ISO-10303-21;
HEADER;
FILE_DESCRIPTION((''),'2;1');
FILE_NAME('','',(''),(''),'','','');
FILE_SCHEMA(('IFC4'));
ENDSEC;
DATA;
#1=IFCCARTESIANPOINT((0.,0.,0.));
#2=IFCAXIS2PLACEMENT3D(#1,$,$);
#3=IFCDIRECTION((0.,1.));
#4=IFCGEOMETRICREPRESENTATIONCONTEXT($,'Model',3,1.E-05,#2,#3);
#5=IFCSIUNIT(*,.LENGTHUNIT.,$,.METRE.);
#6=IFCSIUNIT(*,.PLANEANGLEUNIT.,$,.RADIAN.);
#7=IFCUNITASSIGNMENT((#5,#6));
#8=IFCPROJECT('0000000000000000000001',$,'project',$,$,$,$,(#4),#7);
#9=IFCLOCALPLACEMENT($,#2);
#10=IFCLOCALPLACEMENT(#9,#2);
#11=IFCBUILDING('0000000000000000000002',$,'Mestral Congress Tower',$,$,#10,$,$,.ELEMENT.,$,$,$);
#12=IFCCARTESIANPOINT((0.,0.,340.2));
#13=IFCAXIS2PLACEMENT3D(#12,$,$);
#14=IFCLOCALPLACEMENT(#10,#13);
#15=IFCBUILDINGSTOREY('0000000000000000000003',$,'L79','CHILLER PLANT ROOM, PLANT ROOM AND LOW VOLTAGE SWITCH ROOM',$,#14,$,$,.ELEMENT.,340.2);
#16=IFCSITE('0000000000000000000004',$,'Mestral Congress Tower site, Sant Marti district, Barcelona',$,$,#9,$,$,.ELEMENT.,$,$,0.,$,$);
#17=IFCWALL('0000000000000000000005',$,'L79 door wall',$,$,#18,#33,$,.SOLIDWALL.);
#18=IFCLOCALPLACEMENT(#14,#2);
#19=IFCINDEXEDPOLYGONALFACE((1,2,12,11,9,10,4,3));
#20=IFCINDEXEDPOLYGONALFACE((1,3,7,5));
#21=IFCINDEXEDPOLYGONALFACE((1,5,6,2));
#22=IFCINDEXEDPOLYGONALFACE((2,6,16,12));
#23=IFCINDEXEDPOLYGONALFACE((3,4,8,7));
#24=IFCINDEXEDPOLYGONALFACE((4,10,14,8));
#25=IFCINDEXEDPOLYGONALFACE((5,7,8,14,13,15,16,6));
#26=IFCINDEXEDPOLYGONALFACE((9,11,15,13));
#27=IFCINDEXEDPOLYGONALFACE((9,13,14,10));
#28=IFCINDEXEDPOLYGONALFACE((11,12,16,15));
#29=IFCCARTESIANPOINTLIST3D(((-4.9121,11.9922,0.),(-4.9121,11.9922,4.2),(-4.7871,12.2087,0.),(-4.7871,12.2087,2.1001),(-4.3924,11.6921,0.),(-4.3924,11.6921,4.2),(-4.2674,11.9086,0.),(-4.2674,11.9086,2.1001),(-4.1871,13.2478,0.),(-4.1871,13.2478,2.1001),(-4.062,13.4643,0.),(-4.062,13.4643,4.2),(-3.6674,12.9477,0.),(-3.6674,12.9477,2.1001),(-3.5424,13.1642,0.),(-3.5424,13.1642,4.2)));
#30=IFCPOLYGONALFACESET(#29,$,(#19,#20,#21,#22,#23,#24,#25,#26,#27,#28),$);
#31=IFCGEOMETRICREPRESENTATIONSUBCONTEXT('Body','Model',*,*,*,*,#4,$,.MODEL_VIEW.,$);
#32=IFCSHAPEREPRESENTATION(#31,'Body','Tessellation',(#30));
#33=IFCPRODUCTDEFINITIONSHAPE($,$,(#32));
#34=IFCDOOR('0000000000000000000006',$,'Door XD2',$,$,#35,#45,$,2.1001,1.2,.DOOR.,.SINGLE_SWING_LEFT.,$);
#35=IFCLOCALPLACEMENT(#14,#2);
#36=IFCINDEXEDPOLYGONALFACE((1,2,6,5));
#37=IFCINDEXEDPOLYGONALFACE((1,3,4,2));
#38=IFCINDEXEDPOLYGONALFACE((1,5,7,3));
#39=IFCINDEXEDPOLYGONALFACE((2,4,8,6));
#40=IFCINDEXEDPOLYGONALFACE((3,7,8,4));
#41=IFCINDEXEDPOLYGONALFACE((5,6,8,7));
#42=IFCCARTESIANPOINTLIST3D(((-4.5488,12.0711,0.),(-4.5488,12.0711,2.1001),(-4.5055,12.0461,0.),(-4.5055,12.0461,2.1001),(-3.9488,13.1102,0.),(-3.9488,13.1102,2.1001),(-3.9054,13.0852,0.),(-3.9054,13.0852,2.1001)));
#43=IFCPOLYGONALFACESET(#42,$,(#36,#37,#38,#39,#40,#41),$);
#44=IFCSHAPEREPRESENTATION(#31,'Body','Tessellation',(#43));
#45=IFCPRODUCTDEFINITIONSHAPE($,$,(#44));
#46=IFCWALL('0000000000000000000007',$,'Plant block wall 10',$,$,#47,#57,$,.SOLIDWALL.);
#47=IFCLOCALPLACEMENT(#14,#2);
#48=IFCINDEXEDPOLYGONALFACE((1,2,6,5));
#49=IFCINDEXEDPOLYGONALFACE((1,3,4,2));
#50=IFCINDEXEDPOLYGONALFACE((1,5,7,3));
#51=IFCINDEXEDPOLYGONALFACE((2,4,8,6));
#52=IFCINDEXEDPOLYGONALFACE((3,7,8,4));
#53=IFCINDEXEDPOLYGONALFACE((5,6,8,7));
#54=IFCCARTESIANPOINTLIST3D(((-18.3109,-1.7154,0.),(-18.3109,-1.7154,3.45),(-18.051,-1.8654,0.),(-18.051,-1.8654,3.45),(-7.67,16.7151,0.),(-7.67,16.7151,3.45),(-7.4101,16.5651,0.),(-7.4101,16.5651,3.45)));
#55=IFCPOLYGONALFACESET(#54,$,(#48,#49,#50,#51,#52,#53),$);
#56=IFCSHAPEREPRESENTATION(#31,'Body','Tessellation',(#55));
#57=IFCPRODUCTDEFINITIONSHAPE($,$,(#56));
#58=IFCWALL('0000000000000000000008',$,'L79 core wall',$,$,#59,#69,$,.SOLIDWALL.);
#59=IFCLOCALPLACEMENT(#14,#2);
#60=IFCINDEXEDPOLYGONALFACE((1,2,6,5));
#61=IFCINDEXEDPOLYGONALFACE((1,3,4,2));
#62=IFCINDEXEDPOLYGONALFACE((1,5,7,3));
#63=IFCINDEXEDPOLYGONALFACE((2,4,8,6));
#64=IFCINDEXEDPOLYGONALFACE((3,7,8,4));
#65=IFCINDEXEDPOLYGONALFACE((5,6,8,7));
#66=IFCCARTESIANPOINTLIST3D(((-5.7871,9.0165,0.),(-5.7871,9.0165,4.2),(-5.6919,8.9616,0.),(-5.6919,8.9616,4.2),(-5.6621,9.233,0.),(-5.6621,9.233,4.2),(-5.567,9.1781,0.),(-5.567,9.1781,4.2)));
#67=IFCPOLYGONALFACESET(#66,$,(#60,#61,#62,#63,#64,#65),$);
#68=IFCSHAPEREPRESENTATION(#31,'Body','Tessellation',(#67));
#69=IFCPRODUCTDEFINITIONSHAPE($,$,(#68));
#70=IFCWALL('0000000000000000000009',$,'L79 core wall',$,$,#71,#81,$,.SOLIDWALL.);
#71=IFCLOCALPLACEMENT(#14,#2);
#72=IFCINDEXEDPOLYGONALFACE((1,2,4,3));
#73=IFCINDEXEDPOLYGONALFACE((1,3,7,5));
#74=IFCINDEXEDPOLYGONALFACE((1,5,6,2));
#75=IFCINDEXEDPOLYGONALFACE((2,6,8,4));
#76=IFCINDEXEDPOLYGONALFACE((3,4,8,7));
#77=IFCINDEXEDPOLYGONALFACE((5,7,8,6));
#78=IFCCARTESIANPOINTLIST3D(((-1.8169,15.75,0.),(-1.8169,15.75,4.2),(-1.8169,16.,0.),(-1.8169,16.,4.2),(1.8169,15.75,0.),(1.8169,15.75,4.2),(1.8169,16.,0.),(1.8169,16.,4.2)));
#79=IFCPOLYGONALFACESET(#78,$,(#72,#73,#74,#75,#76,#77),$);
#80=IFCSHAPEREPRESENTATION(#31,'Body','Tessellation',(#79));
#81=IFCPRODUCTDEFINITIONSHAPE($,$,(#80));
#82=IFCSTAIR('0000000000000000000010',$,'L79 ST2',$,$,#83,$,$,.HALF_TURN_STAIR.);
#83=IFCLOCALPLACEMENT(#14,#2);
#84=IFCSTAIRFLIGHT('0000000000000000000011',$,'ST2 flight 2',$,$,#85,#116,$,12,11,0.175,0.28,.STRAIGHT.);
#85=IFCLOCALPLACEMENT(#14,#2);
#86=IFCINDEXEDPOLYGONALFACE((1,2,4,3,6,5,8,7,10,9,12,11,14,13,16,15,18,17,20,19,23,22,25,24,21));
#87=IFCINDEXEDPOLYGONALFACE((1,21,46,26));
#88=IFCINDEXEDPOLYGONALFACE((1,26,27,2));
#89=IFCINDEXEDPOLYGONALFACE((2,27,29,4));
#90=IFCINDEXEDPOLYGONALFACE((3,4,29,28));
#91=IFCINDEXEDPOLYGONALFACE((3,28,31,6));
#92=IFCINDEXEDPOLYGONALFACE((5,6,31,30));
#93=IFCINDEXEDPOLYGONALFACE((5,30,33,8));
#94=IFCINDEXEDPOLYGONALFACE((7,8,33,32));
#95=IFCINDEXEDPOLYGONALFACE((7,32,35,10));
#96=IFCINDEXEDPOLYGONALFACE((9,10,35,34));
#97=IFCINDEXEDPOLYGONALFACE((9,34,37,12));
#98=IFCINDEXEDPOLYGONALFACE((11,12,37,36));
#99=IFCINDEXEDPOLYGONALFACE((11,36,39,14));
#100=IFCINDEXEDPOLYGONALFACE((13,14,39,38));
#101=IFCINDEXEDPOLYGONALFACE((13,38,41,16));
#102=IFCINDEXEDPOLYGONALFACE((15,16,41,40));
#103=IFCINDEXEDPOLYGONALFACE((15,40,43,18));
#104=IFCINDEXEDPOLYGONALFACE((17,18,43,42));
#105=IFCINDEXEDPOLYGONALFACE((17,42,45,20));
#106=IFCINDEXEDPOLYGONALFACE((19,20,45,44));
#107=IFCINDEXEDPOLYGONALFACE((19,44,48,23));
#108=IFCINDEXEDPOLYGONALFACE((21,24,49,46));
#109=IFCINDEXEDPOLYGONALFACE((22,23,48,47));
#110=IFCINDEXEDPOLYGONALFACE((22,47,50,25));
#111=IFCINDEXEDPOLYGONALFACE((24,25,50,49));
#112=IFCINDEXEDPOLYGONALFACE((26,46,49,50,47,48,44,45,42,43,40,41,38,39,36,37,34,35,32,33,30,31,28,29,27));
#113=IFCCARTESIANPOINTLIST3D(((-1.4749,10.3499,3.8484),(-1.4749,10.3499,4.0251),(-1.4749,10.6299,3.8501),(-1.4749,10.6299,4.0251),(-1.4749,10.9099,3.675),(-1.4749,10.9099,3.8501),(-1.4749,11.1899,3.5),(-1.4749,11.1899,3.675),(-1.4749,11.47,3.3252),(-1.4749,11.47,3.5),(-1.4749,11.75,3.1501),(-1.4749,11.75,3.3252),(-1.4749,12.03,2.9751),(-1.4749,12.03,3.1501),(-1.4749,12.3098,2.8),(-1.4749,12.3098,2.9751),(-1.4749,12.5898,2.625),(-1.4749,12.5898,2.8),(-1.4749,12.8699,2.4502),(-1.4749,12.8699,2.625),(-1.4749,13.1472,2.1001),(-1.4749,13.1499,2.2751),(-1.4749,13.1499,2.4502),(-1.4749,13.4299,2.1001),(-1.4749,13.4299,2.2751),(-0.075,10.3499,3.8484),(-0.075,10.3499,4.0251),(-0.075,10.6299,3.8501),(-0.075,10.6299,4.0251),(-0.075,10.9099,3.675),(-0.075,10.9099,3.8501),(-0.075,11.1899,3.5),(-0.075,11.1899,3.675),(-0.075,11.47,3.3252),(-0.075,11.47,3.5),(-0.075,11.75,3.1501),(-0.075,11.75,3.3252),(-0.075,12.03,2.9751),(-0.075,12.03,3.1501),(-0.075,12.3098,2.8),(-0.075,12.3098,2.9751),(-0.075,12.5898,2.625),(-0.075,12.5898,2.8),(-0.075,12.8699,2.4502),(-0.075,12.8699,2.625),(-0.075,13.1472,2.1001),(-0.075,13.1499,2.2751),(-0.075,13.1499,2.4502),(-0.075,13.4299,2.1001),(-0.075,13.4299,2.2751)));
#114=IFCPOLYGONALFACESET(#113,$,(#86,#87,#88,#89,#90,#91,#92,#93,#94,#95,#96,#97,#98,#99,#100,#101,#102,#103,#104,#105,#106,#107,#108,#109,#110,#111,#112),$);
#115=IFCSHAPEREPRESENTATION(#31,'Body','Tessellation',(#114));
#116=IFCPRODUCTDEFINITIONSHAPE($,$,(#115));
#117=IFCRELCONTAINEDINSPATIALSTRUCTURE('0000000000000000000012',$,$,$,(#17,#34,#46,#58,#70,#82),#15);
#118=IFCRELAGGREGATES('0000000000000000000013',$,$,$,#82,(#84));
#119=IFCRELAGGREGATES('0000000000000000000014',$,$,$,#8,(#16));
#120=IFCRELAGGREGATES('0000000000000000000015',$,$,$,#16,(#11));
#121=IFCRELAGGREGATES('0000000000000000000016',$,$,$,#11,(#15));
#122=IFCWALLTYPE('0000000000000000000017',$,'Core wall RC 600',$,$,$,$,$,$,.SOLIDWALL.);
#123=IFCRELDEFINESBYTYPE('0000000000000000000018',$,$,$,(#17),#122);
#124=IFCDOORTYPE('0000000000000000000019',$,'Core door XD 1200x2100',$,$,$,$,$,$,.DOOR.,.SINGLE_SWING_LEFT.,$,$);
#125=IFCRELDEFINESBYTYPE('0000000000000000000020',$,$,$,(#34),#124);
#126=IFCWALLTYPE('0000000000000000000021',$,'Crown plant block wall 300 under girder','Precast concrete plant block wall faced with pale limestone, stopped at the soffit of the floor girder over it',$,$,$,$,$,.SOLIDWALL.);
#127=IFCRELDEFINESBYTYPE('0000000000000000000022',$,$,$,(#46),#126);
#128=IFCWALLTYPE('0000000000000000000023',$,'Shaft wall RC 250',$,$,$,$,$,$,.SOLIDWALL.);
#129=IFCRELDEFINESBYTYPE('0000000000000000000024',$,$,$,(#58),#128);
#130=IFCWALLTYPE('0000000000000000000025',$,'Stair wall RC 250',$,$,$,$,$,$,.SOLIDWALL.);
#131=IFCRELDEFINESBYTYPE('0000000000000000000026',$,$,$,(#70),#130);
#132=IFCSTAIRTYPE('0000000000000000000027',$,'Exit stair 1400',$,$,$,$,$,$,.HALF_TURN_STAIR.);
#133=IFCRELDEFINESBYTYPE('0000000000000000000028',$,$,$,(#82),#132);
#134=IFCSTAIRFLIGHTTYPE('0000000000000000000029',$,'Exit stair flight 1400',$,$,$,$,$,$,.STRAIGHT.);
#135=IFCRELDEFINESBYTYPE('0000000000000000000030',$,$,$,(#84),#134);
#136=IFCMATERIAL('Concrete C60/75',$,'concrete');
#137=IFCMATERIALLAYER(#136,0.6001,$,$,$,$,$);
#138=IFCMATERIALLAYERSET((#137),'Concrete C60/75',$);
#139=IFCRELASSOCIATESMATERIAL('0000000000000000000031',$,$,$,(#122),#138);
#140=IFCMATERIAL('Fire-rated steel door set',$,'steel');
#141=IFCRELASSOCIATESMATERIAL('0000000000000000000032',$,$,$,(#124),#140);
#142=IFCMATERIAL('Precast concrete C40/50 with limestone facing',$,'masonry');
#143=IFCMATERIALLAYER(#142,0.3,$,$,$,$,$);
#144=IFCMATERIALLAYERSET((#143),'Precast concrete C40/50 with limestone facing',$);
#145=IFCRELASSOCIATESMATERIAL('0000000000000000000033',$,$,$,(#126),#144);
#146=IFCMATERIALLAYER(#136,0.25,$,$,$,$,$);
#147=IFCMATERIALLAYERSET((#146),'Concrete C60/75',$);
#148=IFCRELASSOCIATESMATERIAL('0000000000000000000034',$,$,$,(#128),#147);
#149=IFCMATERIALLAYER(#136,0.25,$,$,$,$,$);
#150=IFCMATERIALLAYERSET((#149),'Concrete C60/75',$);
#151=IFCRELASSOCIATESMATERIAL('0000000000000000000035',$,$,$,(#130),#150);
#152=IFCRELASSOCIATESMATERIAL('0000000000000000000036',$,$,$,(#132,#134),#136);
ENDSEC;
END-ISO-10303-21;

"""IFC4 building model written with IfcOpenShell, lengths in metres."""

from ifc_helpers import new_model, si_unit, direction, frame, frame_2d, origin, place, context, subcontext, project, spatial, polyline, rectangle, outline, extrude, material, layer, layer_set, type_object, element, fill, aggregate, save


model = new_model("IFC4")

# Units and contexts
model_context = context("Model", 3, precision=1e-05, world=origin(), true_north=direction((0.0, 1.0)))
body_context = subcontext(model_context, "Body", "Model", "MODEL_VIEW")
ifc_project = project(units=[si_unit("LENGTHUNIT", "METRE"), si_unit("PLANEANGLEUNIT", "RADIAN")], contexts=[model_context])

# Site, building, storey
site_placement = place(None, origin())
site = spatial("IfcSite", under=ifc_project, at=site_placement, Name="Mestral Congress Tower site, Sant Marti district, Barcelona", CompositionType="ELEMENT", RefElevation=0.0)
building_placement = place(site_placement, origin())
building = spatial("IfcBuilding", under=site, at=building_placement, Name="Mestral Congress Tower", CompositionType="ELEMENT")
storey_placement = place(building_placement, frame((0.0, 0.0, 340.2)))
storey = spatial("IfcBuildingStorey", under=building, at=storey_placement, Name="L79", Description="CHILLER PLANT ROOM, PLANT ROOM AND LOW VOLTAGE SWITCH ROOM", CompositionType="ELEMENT", Elevation=340.2)

# Shared definitions
placement = place(storey_placement, origin())

# Shared definitions
ifc_material_1 = material(Name="Concrete C60/75", Category="concrete")
ifc_layer_1 = layer(ifc_material_1, 0.6001)
ifc_layer_set_1 = layer_set([ifc_layer_1], Name="Concrete C60/75")
wall_type_1 = type_object("IfcWallType", Name="Core wall RC 600", PredefinedType="SOLIDWALL", material=ifc_layer_set_1)

# Wall, opening, door
wall_1_placement = place(storey_placement, frame((-4.6523, 11.842, 0.0), z_axis=(0.0, 0.0, 1.0), x_axis=(0.500062, 0.865989, 0.0)))
wall_1 = element("IfcWall", 1, at=wall_1_placement, inside=storey, type_object=wall_type_1, Name="L79 door wall", PredefinedType="SOLIDWALL", context=body_context, shape_type="SweptSolid", body=[
    extrude(rectangle(XDim=1.7, YDim=0.6001, at=frame_2d((0.8501, 0.0))), origin(), (0.0, 0.0, 1.0), 4.2),
])
opening_placement = place(wall_1_placement, frame((0.25, 0.0, 0.0)))
opening = element("IfcOpeningElement", 2, at=opening_placement, cuts=wall_1, PredefinedType="OPENING", context=body_context, shape_type="SweptSolid", body=[
    extrude(rectangle(XDim=1.2, YDim=2.1001, at=frame_2d((0.6001, 1.05))), frame((0.0, 0.3101, 0.0), z_axis=(0.0, -1.0, 0.0), x_axis=(1.0, 0.0, 0.0)), (0.0, 0.0, 1.0), 0.6201),
])
ifc_material_2 = material(Name="Fire-rated steel door set", Category="steel")
door_type = type_object("IfcDoorType", Name="Core door XD 1200x2100", OperationType="SINGLE_SWING_LEFT", PredefinedType="DOOR", material=ifc_material_2)
door_placement = place(opening_placement, origin())
door = element("IfcDoor", 3, at=door_placement, inside=storey, type_object=door_type, Name="Door XD2", OperationType="SINGLE_SWING_LEFT", OverallHeight=2.1001, OverallWidth=1.2, PredefinedType="DOOR", context=body_context, shape_type="SweptSolid", body=[
    extrude(rectangle(XDim=1.2, YDim=2.1001, at=frame_2d((0.6001, 1.05))), frame((0.0, 0.0249, 0.0), z_axis=(0.0, -1.0, 0.0), x_axis=(1.0, 0.0, 0.0)), (0.0, 0.0, 1.0), 0.05),
])
fill(opening, door)

# Walls
ifc_material_3 = material(Name="Precast concrete C40/50 with limestone facing", Category="masonry")
ifc_layer_2 = layer(ifc_material_3, 0.3)
ifc_layer_set_2 = layer_set([ifc_layer_2], Name="Precast concrete C40/50 with limestone facing")
wall_type_2 = type_object("IfcWallType", Name="Crown plant block wall 300 under girder", Description="Precast concrete plant block wall faced with pale limestone, stopped at the soffit of the floor girder over it", PredefinedType="SOLIDWALL", material=ifc_layer_set_2)
wall_2_placement = place(storey_placement, frame((-7.54, 16.6401, 0.0), z_axis=(0.0, 0.0, 1.0), x_axis=(-0.500002, -0.866024, 0.0)))
element("IfcWall", 4, at=wall_2_placement, inside=storey, type_object=wall_type_2, Name="Plant block wall 10", PredefinedType="SOLIDWALL", context=body_context, shape_type="SweptSolid", body=[
    extrude(rectangle(XDim=21.2817, YDim=0.3, at=frame_2d((10.6409, 0.0))), origin(), (0.0, 0.0, 1.0), 3.45),
])
ifc_layer_3 = layer(ifc_material_1, 0.25)
ifc_layer_set_3 = layer_set([ifc_layer_3], Name="Concrete C60/75")
wall_type_3 = type_object("IfcWallType", Name="Shaft wall RC 250", PredefinedType="SOLIDWALL", material=ifc_layer_set_3)
wall_3_placement = place(storey_placement, frame((-5.7246, 9.1248, 0.0), z_axis=(0.0, 0.0, 1.0), x_axis=(0.866186, -0.499722, 0.0)))
element("IfcWall", 5, at=wall_3_placement, inside=storey, type_object=wall_type_3, Name="L79 core wall", PredefinedType="SOLIDWALL", context=body_context, shape_type="SweptSolid", body=[
    extrude(rectangle(XDim=0.1099, YDim=0.25, at=frame_2d((0.0549, 0.0))), origin(), (0.0, 0.0, 1.0), 4.2),
])
ifc_layer_4 = layer(ifc_material_1, 0.25)
ifc_layer_set_4 = layer_set([ifc_layer_4], Name="Concrete C60/75")
wall_type_4 = type_object("IfcWallType", Name="Stair wall RC 250", PredefinedType="SOLIDWALL", material=ifc_layer_set_4)
wall_4_placement = place(storey_placement, frame((-1.8169, 15.875, 0.0), z_axis=(0.0, 0.0, 1.0), x_axis=(1.0, 0.0, 0.0)))
element("IfcWall", 6, at=wall_4_placement, inside=storey, type_object=wall_type_4, Name="L79 core wall", PredefinedType="SOLIDWALL", context=body_context, shape_type="SweptSolid", body=[
    extrude(rectangle(XDim=3.6338, YDim=0.25, at=frame_2d((1.8169, 0.0))), origin(), (0.0, 0.0, 1.0), 4.2),
])

# Stair, stair flight
stair_type = type_object("IfcStairType", Name="Exit stair 1400", PredefinedType="HALF_TURN_STAIR", material=ifc_material_1)
stair = element("IfcStair", 7, at=placement, inside=storey, type_object=stair_type, Name="L79 ST2", PredefinedType="HALF_TURN_STAIR")
stair_flight_type = type_object("IfcStairFlightType", Name="Exit stair flight 1400", PredefinedType="STRAIGHT", material=ifc_material_1)
stair_flight_placement = place(storey_placement, frame((-0.7749, 13.4299, 2.1001), z_axis=(0.0, 0.0, 1.0), x_axis=(0.0, -1.0, 0.0)))
stair_flight = element("IfcStairFlight", 8, at=stair_flight_placement, type_object=stair_flight_type, Name="ST2 flight 2", NumberOfRisers=12, NumberOfTreads=11, PredefinedType="STRAIGHT", RiserHeight=0.175, TreadLength=0.28, context=body_context, shape_type="SweptSolid", body=[
    extrude(outline(polyline([(0.0, 0.0), (0.0, 0.175), (0.28, 0.175), (0.28, 0.3501), (0.5601, 0.3501), (0.5601, 0.5249), (0.8401, 0.5249), (0.8401, 0.7), (1.1201, 0.7), (1.1201, 0.875), (1.3999, 0.875), (1.3999, 1.05), (1.6799, 1.05), (1.6799, 1.2251), (1.96, 1.2251), (1.96, 1.3999), (2.24, 1.3999), (2.24, 1.575), (2.52, 1.575), (2.52, 1.75), (2.8, 1.75), (2.8, 1.925), (3.0801, 1.925), (3.0801, 2.1001), (3.0801, 1.7483), (0.2827, 0.0), (0.0, 0.0)])), frame((0.0, 0.7, 0.0), z_axis=(0.0, -1.0, 0.0), x_axis=(1.0, 0.0, 0.0)), (0.0, 0.0, 1.0), 1.3999),
])
aggregate(stair, [stair_flight])

save(model, "model.ifc")
